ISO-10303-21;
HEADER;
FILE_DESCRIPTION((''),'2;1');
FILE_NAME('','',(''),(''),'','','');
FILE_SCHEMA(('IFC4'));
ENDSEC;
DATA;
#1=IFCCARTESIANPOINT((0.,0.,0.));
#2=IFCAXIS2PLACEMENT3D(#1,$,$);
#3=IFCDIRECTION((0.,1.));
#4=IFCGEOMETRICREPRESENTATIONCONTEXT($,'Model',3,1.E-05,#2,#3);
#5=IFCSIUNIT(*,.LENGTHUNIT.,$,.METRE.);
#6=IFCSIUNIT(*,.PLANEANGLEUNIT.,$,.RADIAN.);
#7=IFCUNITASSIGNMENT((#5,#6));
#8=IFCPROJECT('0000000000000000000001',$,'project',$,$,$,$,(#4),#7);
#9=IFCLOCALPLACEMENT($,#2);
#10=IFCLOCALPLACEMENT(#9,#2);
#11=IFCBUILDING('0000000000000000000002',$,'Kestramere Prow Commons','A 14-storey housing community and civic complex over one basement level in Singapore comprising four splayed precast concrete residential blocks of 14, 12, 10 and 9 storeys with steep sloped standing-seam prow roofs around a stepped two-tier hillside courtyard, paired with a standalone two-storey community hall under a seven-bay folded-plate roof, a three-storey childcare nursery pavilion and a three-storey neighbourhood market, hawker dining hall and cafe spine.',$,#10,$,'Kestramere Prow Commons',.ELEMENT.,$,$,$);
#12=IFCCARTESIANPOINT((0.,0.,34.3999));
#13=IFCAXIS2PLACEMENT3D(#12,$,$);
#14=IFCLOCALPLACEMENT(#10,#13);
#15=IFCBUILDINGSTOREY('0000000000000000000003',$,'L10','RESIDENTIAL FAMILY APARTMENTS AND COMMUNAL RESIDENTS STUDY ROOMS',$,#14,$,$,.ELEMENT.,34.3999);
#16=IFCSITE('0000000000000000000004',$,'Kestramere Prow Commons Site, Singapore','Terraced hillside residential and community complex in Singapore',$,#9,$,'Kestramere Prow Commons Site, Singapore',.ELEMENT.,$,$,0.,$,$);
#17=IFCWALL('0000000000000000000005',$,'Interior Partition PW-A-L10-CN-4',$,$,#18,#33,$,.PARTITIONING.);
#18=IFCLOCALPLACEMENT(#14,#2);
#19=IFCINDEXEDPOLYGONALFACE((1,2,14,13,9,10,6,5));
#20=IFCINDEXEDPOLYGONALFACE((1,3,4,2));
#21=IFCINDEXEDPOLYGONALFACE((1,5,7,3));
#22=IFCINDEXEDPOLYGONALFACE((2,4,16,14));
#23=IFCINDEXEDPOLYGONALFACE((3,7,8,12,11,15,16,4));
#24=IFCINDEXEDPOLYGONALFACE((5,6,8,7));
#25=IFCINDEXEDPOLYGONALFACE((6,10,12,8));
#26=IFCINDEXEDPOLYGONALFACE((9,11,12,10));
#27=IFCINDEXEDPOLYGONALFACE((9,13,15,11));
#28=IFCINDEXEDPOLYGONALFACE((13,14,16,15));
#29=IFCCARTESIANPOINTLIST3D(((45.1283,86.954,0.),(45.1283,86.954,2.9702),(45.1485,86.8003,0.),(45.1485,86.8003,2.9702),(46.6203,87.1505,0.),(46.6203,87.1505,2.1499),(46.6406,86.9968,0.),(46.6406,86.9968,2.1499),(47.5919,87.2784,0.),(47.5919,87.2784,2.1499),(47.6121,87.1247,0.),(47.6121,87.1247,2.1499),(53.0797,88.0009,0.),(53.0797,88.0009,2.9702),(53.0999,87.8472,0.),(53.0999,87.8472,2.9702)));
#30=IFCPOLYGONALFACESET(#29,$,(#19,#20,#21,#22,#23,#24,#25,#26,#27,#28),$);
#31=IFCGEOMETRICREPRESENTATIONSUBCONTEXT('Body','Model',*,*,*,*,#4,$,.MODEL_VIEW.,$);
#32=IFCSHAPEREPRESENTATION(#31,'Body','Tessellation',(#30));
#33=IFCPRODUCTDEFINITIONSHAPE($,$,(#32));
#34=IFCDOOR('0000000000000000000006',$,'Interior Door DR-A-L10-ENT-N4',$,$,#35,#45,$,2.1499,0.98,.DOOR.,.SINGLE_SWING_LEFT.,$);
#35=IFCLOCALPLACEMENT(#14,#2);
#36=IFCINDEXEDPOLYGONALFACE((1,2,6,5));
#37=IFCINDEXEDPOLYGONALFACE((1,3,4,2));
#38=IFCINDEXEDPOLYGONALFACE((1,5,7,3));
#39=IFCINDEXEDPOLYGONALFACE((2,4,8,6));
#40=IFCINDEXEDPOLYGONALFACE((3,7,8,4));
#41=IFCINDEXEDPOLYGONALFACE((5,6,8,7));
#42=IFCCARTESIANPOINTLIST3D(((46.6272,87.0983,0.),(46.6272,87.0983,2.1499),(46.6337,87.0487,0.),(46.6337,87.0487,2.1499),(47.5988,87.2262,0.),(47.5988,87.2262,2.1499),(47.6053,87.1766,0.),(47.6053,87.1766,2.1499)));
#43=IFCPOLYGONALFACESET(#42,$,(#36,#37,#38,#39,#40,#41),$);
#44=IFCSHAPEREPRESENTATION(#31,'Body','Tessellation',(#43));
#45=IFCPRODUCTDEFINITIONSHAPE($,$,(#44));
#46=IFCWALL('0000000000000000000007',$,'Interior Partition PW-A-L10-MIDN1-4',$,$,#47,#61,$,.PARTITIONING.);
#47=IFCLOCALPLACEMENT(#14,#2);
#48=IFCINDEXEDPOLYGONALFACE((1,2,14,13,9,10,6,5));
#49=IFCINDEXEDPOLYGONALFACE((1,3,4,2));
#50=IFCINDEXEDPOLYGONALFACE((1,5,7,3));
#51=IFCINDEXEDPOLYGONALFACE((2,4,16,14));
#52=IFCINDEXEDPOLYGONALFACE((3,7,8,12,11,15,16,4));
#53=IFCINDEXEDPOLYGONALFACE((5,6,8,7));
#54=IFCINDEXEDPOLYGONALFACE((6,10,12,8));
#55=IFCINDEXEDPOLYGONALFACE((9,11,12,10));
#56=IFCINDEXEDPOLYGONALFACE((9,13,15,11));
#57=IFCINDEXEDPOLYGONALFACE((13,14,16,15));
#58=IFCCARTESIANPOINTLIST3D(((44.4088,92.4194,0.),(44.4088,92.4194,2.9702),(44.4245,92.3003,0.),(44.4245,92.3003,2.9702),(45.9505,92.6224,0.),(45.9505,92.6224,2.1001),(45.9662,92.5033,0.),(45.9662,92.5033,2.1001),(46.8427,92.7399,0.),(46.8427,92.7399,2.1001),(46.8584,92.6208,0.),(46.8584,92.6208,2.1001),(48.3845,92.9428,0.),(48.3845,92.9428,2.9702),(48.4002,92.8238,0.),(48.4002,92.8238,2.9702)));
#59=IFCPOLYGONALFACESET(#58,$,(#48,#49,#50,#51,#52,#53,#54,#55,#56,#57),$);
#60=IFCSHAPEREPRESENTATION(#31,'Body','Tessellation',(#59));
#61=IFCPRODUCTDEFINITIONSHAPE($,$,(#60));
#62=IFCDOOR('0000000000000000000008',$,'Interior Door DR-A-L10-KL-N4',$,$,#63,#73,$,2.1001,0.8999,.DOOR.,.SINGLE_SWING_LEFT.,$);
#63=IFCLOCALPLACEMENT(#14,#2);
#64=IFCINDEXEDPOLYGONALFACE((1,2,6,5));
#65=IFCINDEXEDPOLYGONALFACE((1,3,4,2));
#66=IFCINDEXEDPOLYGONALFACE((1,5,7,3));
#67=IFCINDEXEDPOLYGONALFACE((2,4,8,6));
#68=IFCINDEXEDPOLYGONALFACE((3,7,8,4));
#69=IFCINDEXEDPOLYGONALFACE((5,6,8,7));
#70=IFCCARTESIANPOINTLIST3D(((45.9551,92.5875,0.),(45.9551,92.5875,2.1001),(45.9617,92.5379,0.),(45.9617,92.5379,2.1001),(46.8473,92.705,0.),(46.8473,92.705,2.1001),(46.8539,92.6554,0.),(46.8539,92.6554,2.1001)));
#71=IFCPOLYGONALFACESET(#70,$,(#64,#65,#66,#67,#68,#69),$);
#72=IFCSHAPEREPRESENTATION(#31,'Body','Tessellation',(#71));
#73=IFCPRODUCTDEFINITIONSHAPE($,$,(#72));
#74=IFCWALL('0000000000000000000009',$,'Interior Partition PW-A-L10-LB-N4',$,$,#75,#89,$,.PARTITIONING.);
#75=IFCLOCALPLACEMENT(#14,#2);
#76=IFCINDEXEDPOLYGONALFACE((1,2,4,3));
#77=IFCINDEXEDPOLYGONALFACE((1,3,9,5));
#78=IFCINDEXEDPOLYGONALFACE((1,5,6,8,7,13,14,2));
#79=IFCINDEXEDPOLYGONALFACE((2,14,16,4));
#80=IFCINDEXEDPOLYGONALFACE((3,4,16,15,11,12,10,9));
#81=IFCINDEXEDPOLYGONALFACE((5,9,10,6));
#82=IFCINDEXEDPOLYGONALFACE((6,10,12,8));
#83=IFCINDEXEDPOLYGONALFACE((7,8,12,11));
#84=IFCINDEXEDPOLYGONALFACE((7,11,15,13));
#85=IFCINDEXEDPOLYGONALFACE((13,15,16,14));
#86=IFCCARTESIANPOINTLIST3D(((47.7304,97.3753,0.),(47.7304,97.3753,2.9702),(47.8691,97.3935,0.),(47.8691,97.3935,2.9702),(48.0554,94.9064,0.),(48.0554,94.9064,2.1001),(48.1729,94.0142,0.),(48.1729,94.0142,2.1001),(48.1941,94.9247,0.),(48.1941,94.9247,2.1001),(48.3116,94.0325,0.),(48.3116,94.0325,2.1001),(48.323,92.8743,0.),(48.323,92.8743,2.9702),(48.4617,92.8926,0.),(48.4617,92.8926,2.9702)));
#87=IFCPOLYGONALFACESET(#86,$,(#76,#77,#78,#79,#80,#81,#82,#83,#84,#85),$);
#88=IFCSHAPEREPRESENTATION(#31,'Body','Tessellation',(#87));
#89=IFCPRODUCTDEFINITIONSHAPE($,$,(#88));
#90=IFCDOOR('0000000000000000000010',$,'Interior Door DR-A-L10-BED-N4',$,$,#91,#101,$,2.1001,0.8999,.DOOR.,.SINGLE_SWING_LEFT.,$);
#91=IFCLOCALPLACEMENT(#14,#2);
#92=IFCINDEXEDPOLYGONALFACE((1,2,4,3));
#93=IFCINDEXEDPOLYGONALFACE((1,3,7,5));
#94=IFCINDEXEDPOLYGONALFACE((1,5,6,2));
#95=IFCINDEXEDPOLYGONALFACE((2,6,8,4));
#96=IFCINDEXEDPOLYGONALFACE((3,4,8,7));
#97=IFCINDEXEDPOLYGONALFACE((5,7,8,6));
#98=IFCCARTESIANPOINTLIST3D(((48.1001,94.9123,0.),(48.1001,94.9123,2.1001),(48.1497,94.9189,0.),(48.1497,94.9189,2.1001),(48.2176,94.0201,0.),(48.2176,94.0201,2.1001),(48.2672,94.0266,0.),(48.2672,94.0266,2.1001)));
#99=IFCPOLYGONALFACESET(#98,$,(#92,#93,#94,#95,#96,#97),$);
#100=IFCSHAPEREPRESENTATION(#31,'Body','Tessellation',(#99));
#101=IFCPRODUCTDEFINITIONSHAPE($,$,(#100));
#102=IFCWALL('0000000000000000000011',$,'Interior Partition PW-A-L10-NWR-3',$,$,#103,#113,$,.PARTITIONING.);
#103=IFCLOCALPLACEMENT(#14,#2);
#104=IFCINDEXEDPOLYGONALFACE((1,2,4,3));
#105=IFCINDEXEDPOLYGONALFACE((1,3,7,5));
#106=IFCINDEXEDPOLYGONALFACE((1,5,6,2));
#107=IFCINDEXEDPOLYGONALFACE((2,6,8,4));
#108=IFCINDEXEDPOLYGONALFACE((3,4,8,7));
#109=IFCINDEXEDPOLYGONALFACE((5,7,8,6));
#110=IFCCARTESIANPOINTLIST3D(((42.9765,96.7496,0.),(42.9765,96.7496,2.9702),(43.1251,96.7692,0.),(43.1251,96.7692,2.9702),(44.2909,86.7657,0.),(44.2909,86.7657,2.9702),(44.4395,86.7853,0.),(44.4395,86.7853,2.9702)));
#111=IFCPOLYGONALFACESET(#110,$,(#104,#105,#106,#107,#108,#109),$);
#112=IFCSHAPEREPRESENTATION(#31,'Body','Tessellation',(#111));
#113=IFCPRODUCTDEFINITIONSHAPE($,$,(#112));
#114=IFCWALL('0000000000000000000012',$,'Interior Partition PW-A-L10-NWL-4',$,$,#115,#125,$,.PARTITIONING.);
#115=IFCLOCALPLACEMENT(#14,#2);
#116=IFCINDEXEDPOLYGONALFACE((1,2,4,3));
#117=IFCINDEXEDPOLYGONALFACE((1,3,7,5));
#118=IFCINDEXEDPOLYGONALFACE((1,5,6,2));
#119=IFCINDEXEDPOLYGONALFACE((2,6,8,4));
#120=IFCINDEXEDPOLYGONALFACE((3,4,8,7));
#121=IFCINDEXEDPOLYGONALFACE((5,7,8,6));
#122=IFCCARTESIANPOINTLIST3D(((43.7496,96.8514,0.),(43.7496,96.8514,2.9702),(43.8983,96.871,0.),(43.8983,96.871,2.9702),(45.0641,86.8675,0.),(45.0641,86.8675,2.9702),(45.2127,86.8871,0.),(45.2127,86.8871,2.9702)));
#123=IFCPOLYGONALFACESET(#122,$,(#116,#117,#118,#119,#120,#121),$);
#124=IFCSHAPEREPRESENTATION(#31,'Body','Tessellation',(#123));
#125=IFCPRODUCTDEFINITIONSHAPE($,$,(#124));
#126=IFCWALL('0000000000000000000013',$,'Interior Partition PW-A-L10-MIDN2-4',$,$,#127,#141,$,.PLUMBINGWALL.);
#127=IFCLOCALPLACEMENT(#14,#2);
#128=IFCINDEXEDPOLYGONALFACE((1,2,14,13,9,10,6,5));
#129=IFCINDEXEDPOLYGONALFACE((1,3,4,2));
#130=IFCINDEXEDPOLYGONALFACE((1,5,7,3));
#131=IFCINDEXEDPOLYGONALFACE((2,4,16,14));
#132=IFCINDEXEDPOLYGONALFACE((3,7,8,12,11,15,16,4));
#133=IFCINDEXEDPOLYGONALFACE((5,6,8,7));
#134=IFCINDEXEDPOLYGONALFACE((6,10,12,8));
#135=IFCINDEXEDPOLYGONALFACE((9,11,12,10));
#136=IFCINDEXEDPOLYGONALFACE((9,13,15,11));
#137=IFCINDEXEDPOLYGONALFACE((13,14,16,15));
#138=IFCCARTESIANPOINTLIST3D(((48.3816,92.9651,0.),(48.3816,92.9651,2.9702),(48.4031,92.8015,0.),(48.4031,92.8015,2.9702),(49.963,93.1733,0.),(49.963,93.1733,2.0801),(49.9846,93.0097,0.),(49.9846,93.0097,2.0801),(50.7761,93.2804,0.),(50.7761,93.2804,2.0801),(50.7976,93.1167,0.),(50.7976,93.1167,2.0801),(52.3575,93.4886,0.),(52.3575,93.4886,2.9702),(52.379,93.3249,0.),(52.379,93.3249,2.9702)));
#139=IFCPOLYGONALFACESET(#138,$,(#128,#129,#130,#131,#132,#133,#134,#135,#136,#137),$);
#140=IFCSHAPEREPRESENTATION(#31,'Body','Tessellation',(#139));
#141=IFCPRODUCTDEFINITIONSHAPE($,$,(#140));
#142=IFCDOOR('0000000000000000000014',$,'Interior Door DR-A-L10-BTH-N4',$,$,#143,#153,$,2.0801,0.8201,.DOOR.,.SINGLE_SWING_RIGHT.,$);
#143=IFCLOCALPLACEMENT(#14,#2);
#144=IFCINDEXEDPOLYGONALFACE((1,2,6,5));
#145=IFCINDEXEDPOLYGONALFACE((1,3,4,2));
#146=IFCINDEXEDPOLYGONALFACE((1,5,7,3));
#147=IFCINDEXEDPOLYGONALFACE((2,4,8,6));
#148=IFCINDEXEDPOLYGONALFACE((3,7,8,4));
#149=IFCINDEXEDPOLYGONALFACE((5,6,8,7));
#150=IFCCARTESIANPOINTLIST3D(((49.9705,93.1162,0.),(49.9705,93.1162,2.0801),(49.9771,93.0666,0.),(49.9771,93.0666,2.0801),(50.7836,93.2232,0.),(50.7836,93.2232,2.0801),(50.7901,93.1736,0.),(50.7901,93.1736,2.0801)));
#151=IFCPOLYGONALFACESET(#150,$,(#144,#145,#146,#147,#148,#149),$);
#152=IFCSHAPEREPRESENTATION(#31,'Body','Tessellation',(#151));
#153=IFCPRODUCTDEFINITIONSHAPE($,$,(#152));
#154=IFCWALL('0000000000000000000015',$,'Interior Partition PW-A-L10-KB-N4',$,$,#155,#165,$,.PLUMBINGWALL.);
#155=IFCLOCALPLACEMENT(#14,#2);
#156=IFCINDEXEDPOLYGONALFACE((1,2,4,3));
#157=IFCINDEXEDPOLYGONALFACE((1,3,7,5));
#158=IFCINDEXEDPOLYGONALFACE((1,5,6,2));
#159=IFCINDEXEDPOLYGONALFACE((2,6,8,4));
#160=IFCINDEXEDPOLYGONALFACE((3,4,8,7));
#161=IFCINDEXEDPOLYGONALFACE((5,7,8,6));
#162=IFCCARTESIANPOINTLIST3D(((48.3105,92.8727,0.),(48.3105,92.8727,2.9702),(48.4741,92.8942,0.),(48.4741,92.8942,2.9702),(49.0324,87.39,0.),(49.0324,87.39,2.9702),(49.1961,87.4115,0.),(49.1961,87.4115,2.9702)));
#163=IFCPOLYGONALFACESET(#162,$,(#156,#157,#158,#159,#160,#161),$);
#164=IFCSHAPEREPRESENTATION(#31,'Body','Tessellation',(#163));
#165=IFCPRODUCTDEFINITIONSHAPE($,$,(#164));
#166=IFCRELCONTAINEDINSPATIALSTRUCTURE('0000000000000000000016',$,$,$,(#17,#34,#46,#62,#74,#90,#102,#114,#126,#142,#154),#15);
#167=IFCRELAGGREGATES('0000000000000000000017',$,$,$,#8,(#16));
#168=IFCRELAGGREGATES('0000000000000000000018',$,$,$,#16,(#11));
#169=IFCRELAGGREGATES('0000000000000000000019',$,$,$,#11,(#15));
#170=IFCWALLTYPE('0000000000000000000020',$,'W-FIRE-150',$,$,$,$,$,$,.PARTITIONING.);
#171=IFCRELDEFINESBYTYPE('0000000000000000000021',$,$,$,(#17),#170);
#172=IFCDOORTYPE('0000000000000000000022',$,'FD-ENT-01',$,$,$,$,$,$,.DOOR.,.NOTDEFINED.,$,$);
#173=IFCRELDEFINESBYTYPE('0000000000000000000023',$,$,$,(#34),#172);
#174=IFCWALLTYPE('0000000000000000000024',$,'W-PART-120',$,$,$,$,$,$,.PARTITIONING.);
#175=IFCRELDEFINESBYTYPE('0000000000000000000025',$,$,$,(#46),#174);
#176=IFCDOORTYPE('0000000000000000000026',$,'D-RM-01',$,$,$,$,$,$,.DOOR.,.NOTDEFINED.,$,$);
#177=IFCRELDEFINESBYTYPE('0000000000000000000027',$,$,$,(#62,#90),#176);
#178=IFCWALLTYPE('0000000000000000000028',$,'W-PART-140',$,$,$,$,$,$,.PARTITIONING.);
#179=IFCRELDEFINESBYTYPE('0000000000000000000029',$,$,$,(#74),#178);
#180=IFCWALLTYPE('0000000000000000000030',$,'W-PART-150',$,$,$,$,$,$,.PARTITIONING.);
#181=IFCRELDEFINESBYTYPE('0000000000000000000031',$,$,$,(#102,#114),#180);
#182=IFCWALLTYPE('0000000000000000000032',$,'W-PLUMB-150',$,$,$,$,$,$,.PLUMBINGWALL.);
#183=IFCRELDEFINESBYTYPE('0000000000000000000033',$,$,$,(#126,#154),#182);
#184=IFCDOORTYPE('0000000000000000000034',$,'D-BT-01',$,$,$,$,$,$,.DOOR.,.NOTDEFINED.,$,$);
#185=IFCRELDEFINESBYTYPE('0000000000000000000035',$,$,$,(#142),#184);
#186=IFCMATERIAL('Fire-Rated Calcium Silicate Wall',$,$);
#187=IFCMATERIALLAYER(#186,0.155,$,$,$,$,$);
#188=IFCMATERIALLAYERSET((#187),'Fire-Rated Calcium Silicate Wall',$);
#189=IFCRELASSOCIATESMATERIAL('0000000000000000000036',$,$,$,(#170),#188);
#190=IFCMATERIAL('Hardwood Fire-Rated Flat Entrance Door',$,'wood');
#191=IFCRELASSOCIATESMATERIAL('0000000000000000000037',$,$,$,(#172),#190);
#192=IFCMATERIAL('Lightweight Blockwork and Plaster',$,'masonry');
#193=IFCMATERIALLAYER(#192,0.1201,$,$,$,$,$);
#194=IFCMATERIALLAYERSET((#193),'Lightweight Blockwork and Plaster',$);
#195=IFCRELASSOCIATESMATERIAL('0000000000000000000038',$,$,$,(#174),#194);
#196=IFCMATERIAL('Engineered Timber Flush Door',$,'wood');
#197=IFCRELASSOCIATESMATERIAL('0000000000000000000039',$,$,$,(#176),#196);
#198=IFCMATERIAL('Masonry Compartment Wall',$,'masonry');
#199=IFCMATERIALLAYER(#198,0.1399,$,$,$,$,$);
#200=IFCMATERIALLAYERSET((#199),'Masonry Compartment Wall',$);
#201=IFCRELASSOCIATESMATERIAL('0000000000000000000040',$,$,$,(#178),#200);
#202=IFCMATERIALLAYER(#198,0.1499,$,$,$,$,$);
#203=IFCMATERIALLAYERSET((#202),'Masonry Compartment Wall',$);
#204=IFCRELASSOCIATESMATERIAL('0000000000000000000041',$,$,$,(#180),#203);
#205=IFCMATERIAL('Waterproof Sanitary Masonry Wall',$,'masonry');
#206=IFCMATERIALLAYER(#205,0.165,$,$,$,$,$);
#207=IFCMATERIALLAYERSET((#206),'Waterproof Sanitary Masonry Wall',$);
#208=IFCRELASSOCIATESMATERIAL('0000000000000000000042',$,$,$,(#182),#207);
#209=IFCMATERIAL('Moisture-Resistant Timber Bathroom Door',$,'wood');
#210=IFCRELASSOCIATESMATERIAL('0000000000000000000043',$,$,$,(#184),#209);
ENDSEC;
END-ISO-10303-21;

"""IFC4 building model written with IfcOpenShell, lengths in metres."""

from ifc_helpers import new_model, si_unit, direction, frame, frame_2d, origin, place, context, subcontext, project, spatial, rectangle, extrude, material, layer, layer_set, type_object, element, fill, save


model = new_model("IFC4")

# Units and contexts
model_context = context("Model", 3, precision=1e-05, world=origin(), true_north=direction((0.0, 1.0)))
body_context = subcontext(model_context, "Body", "Model", "MODEL_VIEW")
ifc_project = project(units=[si_unit("LENGTHUNIT", "METRE"), si_unit("PLANEANGLEUNIT", "RADIAN")], contexts=[model_context])

# Site, building, storey
site_placement = place(None, origin())
site = spatial("IfcSite", under=ifc_project, at=site_placement, Name="Kestramere Prow Commons Site, Singapore", Description="Terraced hillside residential and community complex in Singapore", LongName="Kestramere Prow Commons Site, Singapore", CompositionType="ELEMENT", RefElevation=0.0)
building_placement = place(site_placement, origin())
building = spatial("IfcBuilding", under=site, at=building_placement, Name="Kestramere Prow Commons", Description="A 14-storey housing community and civic complex over one basement level in Singapore comprising four splayed precast concrete residential blocks of 14, 12, 10 and 9 storeys with steep sloped standing-seam prow roofs around a stepped two-tier hillside courtyard, paired with a standalone two-storey community hall under a seven-bay folded-plate roof, a three-storey childcare nursery pavilion and a three-storey neighbourhood market, hawker dining hall and cafe spine.", LongName="Kestramere Prow Commons", CompositionType="ELEMENT")
storey_placement = place(building_placement, frame((0.0, 0.0, 34.3999)))
storey = spatial("IfcBuildingStorey", under=building, at=storey_placement, Name="L10", Description="RESIDENTIAL FAMILY APARTMENTS AND COMMUNAL RESIDENTS STUDY ROOMS", CompositionType="ELEMENT", Elevation=34.3999)

# Walls, openings, doors
ifc_material_1 = material(Name="Fire-Rated Calcium Silicate Wall")
ifc_layer_1 = layer(ifc_material_1, 0.155)
ifc_layer_set_1 = layer_set([ifc_layer_1], Name="Fire-Rated Calcium Silicate Wall")
wall_type_1 = type_object("IfcWallType", Name="W-FIRE-150", PredefinedType="PARTITIONING", material=ifc_layer_set_1)
wall_1_placement = place(storey_placement, frame((45.1384, 86.8772, 0.0), z_axis=(0.0, 0.0, 1.0), x_axis=(0.991444, 0.130532, 0.0)))
wall_1 = element("IfcWall", 1, at=wall_1_placement, inside=storey, type_object=wall_type_1, Name="Interior Partition PW-A-L10-CN-4", PredefinedType="PARTITIONING", context=body_context, shape_type="SweptSolid", body=[
    extrude(rectangle(XDim=8.02, YDim=0.155, at=frame_2d((4.01, 0.0))), origin(), (0.0, 0.0, 1.0), 2.9702),
])
opening_1_placement = place(wall_1_placement, frame((1.5049, 0.0, 0.0)))
opening_1 = element("IfcOpeningElement", 2, at=opening_1_placement, cuts=wall_1, PredefinedType="OPENING", context=body_context, shape_type="SweptSolid", body=[
    extrude(rectangle(XDim=0.98, YDim=2.1499, at=frame_2d((0.49, 1.075))), frame((0.0, 0.0925, 0.0), z_axis=(0.0, -1.0, 0.0), x_axis=(1.0, 0.0, 0.0)), (0.0, 0.0, 1.0), 0.1851),
])
ifc_material_2 = material(Name="Hardwood Fire-Rated Flat Entrance Door", Category="wood")
door_type_1 = type_object("IfcDoorType", Name="FD-ENT-01", OperationType="NOTDEFINED", PredefinedType="DOOR", material=ifc_material_2)
door_1_placement = place(opening_1_placement, origin())
door_1 = element("IfcDoor", 3, at=door_1_placement, inside=storey, type_object=door_type_1, Name="Interior Door DR-A-L10-ENT-N4", OperationType="SINGLE_SWING_LEFT", OverallHeight=2.1499, OverallWidth=0.98, PredefinedType="DOOR", context=body_context, shape_type="SweptSolid", body=[
    extrude(rectangle(XDim=0.98, YDim=2.1499, at=frame_2d((0.49, 1.075))), frame((0.0, 0.0249, 0.0), z_axis=(0.0, -1.0, 0.0), x_axis=(1.0, 0.0, 0.0)), (0.0, 0.0, 1.0), 0.05),
])
fill(opening_1, door_1)
ifc_material_3 = material(Name="Lightweight Blockwork and Plaster", Category="masonry")
ifc_layer_2 = layer(ifc_material_3, 0.1201)
ifc_layer_set_2 = layer_set([ifc_layer_2], Name="Lightweight Blockwork and Plaster")
wall_type_2 = type_object("IfcWallType", Name="W-PART-120", PredefinedType="PARTITIONING", material=ifc_layer_set_2)
wall_2_placement = place(storey_placement, frame((44.4167, 92.3599, 0.0), z_axis=(0.0, 0.0, 1.0), x_axis=(0.991444, 0.130536, 0.0)))
wall_2 = element("IfcWall", 4, at=wall_2_placement, inside=storey, type_object=wall_type_2, Name="Interior Partition PW-A-L10-MIDN1-4", PredefinedType="PARTITIONING", context=body_context, shape_type="SweptSolid", body=[
    extrude(rectangle(XDim=4.01, YDim=0.1201, at=frame_2d((2.0049, 0.0))), origin(), (0.0, 0.0, 1.0), 2.9702),
])
opening_2_placement = place(wall_2_placement, frame((1.5549, 0.0, 0.0)))
opening_2 = element("IfcOpeningElement", 5, at=opening_2_placement, cuts=wall_2, PredefinedType="OPENING", context=body_context, shape_type="SweptSolid", body=[
    extrude(rectangle(XDim=0.8999, YDim=2.1001, at=frame_2d((0.45, 1.05))), frame((0.0, 0.075, 0.0), z_axis=(0.0, -1.0, 0.0), x_axis=(1.0, 0.0, 0.0)), (0.0, 0.0, 1.0), 0.1501),
])
ifc_material_4 = material(Name="Engineered Timber Flush Door", Category="wood")
door_type_2 = type_object("IfcDoorType", Name="D-RM-01", OperationType="NOTDEFINED", PredefinedType="DOOR", material=ifc_material_4)
door_2_placement = place(opening_2_placement, origin())
door_2 = element("IfcDoor", 6, at=door_2_placement, inside=storey, type_object=door_type_2, Name="Interior Door DR-A-L10-KL-N4", OperationType="SINGLE_SWING_LEFT", OverallHeight=2.1001, OverallWidth=0.8999, PredefinedType="DOOR", context=body_context, shape_type="SweptSolid", body=[
    extrude(rectangle(XDim=0.8999, YDim=2.1001, at=frame_2d((0.45, 1.05))), frame((0.0, 0.0249, 0.0), z_axis=(0.0, -1.0, 0.0), x_axis=(1.0, 0.0, 0.0)), (0.0, 0.0, 1.0), 0.05),
])
fill(opening_2, door_2)
ifc_material_5 = material(Name="Masonry Compartment Wall", Category="masonry")
ifc_layer_3 = layer(ifc_material_5, 0.1399)
ifc_layer_set_3 = layer_set([ifc_layer_3], Name="Masonry Compartment Wall")
wall_type_3 = type_object("IfcWallType", Name="W-PART-140", PredefinedType="PARTITIONING", material=ifc_layer_set_3)
wall_3_placement = place(storey_placement, frame((48.3923, 92.8833, 0.0), z_axis=(0.0, 0.0, 1.0), x_axis=(-0.130519, 0.991446, 0.0)))
wall_3 = element("IfcWall", 7, at=wall_3_placement, inside=storey, type_object=wall_type_3, Name="Interior Partition PW-A-L10-LB-N4", PredefinedType="PARTITIONING", context=body_context, shape_type="SweptSolid", body=[
    extrude(rectangle(XDim=4.5398, YDim=0.1399, at=frame_2d((2.27, 0.0))), origin(), (0.0, 0.0, 1.0), 2.9702),
])
opening_3_placement = place(wall_3_placement, frame((1.1499, 0.0, 0.0)))
opening_3 = element("IfcOpeningElement", 8, at=opening_3_placement, cuts=wall_3, PredefinedType="OPENING", context=body_context, shape_type="SweptSolid", body=[
    extrude(rectangle(XDim=0.8999, YDim=2.1001, at=frame_2d((0.45, 1.05))), frame((0.0, 0.085, 0.0), z_axis=(0.0, -1.0, 0.0), x_axis=(1.0, 0.0, 0.0)), (0.0, 0.0, 1.0), 0.1699),
])
door_3_placement = place(opening_3_placement, origin())
door_3 = element("IfcDoor", 9, at=door_3_placement, inside=storey, type_object=door_type_2, Name="Interior Door DR-A-L10-BED-N4", OperationType="SINGLE_SWING_LEFT", OverallHeight=2.1001, OverallWidth=0.8999, PredefinedType="DOOR", context=body_context, shape_type="SweptSolid", body=[
    extrude(rectangle(XDim=0.8999, YDim=2.1001, at=frame_2d((0.45, 1.05))), frame((0.0, 0.0249, 0.0), z_axis=(0.0, -1.0, 0.0), x_axis=(1.0, 0.0, 0.0)), (0.0, 0.0, 1.0), 0.05),
])
fill(opening_3, door_3)

# Walls
ifc_layer_4 = layer(ifc_material_5, 0.1499)
ifc_layer_set_4 = layer_set([ifc_layer_4], Name="Masonry Compartment Wall")
wall_type_4 = type_object("IfcWallType", Name="W-PART-150", PredefinedType="PARTITIONING", material=ifc_layer_set_4)
for number, where, z_axis, x_axis, name in (
    (10, (44.3652, 86.7754, 0.0), (0.0, 0.0, 1.0), (-0.130531, 0.991444, 0.0), "Interior Partition PW-A-L10-NWR-3"),
    (11, (45.1384, 86.8772, 0.0), (0.0, 0.0, 1.0), (-0.130531, 0.991444, 0.0), "Interior Partition PW-A-L10-NWL-4"),
):
    element("IfcWall", number, at=place(storey_placement, frame(where, z_axis=z_axis, x_axis=x_axis)), inside=storey, type_object=wall_type_4, Name=name, PredefinedType="PARTITIONING", context=body_context, shape_type="SweptSolid", body=[
        extrude(rectangle(XDim=10.0701, YDim=0.1499, at=frame_2d((5.0352, 0.0))), origin(), (0.0, 0.0, 1.0), 2.9702),
    ])

# Wall, opening, door
ifc_material_6 = material(Name="Waterproof Sanitary Masonry Wall", Category="masonry")
ifc_layer_5 = layer(ifc_material_6, 0.165)
ifc_layer_set_5 = layer_set([ifc_layer_5], Name="Waterproof Sanitary Masonry Wall")
wall_type_5 = type_object("IfcWallType", Name="W-PLUMB-150", PredefinedType="PLUMBINGWALL", material=ifc_layer_set_5)
wall_4_placement = place(storey_placement, frame((48.3923, 92.8833, 0.0), z_axis=(0.0, 0.0, 1.0), x_axis=(0.991445, 0.130529, 0.0)))
wall_4 = element("IfcWall", 12, at=wall_4_placement, inside=storey, type_object=wall_type_5, Name="Interior Partition PW-A-L10-MIDN2-4", PredefinedType="PLUMBINGWALL", context=body_context, shape_type="SweptSolid", body=[
    extrude(rectangle(XDim=4.0103, YDim=0.165, at=frame_2d((2.0051, 0.0))), origin(), (0.0, 0.0, 1.0), 2.9702),
])
opening_4_placement = place(wall_4_placement, frame((1.595, 0.0, 0.0)))
opening_4 = element("IfcOpeningElement", 13, at=opening_4_placement, cuts=wall_4, PredefinedType="OPENING", context=body_context, shape_type="SweptSolid", body=[
    extrude(rectangle(XDim=0.8201, YDim=2.0801, at=frame_2d((0.4102, 1.04))), frame((0.0, 0.0974, 0.0), z_axis=(0.0, -1.0, 0.0), x_axis=(1.0, 0.0, 0.0)), (0.0, 0.0, 1.0), 0.1951),
])
ifc_material_7 = material(Name="Moisture-Resistant Timber Bathroom Door", Category="wood")
door_type_3 = type_object("IfcDoorType", Name="D-BT-01", OperationType="NOTDEFINED", PredefinedType="DOOR", material=ifc_material_7)
door_4_placement = place(opening_4_placement, origin())
door_4 = element("IfcDoor", 14, at=door_4_placement, inside=storey, type_object=door_type_3, Name="Interior Door DR-A-L10-BTH-N4", OperationType="SINGLE_SWING_RIGHT", OverallHeight=2.0801, OverallWidth=0.8201, PredefinedType="DOOR", context=body_context, shape_type="SweptSolid", body=[
    extrude(rectangle(XDim=0.8201, YDim=2.0801, at=frame_2d((0.4102, 1.04))), frame((0.0, 0.0249, 0.0), z_axis=(0.0, -1.0, 0.0), x_axis=(1.0, 0.0, 0.0)), (0.0, 0.0, 1.0), 0.05),
])
fill(opening_4, door_4)

# Wall
wall_5_placement = place(storey_placement, frame((49.1143, 87.4006, 0.0), z_axis=(0.0, 0.0, 1.0), x_axis=(-0.130547, 0.991442, 0.0)))
element("IfcWall", 15, at=wall_5_placement, inside=storey, type_object=wall_type_5, Name="Interior Partition PW-A-L10-KB-N4", PredefinedType="PLUMBINGWALL", context=body_context, shape_type="SweptSolid", body=[
    extrude(rectangle(XDim=5.53, YDim=0.165, at=frame_2d((2.7651, 0.0))), origin(), (0.0, 0.0, 1.0), 2.9702),
])

save(model, "model.ifc")
